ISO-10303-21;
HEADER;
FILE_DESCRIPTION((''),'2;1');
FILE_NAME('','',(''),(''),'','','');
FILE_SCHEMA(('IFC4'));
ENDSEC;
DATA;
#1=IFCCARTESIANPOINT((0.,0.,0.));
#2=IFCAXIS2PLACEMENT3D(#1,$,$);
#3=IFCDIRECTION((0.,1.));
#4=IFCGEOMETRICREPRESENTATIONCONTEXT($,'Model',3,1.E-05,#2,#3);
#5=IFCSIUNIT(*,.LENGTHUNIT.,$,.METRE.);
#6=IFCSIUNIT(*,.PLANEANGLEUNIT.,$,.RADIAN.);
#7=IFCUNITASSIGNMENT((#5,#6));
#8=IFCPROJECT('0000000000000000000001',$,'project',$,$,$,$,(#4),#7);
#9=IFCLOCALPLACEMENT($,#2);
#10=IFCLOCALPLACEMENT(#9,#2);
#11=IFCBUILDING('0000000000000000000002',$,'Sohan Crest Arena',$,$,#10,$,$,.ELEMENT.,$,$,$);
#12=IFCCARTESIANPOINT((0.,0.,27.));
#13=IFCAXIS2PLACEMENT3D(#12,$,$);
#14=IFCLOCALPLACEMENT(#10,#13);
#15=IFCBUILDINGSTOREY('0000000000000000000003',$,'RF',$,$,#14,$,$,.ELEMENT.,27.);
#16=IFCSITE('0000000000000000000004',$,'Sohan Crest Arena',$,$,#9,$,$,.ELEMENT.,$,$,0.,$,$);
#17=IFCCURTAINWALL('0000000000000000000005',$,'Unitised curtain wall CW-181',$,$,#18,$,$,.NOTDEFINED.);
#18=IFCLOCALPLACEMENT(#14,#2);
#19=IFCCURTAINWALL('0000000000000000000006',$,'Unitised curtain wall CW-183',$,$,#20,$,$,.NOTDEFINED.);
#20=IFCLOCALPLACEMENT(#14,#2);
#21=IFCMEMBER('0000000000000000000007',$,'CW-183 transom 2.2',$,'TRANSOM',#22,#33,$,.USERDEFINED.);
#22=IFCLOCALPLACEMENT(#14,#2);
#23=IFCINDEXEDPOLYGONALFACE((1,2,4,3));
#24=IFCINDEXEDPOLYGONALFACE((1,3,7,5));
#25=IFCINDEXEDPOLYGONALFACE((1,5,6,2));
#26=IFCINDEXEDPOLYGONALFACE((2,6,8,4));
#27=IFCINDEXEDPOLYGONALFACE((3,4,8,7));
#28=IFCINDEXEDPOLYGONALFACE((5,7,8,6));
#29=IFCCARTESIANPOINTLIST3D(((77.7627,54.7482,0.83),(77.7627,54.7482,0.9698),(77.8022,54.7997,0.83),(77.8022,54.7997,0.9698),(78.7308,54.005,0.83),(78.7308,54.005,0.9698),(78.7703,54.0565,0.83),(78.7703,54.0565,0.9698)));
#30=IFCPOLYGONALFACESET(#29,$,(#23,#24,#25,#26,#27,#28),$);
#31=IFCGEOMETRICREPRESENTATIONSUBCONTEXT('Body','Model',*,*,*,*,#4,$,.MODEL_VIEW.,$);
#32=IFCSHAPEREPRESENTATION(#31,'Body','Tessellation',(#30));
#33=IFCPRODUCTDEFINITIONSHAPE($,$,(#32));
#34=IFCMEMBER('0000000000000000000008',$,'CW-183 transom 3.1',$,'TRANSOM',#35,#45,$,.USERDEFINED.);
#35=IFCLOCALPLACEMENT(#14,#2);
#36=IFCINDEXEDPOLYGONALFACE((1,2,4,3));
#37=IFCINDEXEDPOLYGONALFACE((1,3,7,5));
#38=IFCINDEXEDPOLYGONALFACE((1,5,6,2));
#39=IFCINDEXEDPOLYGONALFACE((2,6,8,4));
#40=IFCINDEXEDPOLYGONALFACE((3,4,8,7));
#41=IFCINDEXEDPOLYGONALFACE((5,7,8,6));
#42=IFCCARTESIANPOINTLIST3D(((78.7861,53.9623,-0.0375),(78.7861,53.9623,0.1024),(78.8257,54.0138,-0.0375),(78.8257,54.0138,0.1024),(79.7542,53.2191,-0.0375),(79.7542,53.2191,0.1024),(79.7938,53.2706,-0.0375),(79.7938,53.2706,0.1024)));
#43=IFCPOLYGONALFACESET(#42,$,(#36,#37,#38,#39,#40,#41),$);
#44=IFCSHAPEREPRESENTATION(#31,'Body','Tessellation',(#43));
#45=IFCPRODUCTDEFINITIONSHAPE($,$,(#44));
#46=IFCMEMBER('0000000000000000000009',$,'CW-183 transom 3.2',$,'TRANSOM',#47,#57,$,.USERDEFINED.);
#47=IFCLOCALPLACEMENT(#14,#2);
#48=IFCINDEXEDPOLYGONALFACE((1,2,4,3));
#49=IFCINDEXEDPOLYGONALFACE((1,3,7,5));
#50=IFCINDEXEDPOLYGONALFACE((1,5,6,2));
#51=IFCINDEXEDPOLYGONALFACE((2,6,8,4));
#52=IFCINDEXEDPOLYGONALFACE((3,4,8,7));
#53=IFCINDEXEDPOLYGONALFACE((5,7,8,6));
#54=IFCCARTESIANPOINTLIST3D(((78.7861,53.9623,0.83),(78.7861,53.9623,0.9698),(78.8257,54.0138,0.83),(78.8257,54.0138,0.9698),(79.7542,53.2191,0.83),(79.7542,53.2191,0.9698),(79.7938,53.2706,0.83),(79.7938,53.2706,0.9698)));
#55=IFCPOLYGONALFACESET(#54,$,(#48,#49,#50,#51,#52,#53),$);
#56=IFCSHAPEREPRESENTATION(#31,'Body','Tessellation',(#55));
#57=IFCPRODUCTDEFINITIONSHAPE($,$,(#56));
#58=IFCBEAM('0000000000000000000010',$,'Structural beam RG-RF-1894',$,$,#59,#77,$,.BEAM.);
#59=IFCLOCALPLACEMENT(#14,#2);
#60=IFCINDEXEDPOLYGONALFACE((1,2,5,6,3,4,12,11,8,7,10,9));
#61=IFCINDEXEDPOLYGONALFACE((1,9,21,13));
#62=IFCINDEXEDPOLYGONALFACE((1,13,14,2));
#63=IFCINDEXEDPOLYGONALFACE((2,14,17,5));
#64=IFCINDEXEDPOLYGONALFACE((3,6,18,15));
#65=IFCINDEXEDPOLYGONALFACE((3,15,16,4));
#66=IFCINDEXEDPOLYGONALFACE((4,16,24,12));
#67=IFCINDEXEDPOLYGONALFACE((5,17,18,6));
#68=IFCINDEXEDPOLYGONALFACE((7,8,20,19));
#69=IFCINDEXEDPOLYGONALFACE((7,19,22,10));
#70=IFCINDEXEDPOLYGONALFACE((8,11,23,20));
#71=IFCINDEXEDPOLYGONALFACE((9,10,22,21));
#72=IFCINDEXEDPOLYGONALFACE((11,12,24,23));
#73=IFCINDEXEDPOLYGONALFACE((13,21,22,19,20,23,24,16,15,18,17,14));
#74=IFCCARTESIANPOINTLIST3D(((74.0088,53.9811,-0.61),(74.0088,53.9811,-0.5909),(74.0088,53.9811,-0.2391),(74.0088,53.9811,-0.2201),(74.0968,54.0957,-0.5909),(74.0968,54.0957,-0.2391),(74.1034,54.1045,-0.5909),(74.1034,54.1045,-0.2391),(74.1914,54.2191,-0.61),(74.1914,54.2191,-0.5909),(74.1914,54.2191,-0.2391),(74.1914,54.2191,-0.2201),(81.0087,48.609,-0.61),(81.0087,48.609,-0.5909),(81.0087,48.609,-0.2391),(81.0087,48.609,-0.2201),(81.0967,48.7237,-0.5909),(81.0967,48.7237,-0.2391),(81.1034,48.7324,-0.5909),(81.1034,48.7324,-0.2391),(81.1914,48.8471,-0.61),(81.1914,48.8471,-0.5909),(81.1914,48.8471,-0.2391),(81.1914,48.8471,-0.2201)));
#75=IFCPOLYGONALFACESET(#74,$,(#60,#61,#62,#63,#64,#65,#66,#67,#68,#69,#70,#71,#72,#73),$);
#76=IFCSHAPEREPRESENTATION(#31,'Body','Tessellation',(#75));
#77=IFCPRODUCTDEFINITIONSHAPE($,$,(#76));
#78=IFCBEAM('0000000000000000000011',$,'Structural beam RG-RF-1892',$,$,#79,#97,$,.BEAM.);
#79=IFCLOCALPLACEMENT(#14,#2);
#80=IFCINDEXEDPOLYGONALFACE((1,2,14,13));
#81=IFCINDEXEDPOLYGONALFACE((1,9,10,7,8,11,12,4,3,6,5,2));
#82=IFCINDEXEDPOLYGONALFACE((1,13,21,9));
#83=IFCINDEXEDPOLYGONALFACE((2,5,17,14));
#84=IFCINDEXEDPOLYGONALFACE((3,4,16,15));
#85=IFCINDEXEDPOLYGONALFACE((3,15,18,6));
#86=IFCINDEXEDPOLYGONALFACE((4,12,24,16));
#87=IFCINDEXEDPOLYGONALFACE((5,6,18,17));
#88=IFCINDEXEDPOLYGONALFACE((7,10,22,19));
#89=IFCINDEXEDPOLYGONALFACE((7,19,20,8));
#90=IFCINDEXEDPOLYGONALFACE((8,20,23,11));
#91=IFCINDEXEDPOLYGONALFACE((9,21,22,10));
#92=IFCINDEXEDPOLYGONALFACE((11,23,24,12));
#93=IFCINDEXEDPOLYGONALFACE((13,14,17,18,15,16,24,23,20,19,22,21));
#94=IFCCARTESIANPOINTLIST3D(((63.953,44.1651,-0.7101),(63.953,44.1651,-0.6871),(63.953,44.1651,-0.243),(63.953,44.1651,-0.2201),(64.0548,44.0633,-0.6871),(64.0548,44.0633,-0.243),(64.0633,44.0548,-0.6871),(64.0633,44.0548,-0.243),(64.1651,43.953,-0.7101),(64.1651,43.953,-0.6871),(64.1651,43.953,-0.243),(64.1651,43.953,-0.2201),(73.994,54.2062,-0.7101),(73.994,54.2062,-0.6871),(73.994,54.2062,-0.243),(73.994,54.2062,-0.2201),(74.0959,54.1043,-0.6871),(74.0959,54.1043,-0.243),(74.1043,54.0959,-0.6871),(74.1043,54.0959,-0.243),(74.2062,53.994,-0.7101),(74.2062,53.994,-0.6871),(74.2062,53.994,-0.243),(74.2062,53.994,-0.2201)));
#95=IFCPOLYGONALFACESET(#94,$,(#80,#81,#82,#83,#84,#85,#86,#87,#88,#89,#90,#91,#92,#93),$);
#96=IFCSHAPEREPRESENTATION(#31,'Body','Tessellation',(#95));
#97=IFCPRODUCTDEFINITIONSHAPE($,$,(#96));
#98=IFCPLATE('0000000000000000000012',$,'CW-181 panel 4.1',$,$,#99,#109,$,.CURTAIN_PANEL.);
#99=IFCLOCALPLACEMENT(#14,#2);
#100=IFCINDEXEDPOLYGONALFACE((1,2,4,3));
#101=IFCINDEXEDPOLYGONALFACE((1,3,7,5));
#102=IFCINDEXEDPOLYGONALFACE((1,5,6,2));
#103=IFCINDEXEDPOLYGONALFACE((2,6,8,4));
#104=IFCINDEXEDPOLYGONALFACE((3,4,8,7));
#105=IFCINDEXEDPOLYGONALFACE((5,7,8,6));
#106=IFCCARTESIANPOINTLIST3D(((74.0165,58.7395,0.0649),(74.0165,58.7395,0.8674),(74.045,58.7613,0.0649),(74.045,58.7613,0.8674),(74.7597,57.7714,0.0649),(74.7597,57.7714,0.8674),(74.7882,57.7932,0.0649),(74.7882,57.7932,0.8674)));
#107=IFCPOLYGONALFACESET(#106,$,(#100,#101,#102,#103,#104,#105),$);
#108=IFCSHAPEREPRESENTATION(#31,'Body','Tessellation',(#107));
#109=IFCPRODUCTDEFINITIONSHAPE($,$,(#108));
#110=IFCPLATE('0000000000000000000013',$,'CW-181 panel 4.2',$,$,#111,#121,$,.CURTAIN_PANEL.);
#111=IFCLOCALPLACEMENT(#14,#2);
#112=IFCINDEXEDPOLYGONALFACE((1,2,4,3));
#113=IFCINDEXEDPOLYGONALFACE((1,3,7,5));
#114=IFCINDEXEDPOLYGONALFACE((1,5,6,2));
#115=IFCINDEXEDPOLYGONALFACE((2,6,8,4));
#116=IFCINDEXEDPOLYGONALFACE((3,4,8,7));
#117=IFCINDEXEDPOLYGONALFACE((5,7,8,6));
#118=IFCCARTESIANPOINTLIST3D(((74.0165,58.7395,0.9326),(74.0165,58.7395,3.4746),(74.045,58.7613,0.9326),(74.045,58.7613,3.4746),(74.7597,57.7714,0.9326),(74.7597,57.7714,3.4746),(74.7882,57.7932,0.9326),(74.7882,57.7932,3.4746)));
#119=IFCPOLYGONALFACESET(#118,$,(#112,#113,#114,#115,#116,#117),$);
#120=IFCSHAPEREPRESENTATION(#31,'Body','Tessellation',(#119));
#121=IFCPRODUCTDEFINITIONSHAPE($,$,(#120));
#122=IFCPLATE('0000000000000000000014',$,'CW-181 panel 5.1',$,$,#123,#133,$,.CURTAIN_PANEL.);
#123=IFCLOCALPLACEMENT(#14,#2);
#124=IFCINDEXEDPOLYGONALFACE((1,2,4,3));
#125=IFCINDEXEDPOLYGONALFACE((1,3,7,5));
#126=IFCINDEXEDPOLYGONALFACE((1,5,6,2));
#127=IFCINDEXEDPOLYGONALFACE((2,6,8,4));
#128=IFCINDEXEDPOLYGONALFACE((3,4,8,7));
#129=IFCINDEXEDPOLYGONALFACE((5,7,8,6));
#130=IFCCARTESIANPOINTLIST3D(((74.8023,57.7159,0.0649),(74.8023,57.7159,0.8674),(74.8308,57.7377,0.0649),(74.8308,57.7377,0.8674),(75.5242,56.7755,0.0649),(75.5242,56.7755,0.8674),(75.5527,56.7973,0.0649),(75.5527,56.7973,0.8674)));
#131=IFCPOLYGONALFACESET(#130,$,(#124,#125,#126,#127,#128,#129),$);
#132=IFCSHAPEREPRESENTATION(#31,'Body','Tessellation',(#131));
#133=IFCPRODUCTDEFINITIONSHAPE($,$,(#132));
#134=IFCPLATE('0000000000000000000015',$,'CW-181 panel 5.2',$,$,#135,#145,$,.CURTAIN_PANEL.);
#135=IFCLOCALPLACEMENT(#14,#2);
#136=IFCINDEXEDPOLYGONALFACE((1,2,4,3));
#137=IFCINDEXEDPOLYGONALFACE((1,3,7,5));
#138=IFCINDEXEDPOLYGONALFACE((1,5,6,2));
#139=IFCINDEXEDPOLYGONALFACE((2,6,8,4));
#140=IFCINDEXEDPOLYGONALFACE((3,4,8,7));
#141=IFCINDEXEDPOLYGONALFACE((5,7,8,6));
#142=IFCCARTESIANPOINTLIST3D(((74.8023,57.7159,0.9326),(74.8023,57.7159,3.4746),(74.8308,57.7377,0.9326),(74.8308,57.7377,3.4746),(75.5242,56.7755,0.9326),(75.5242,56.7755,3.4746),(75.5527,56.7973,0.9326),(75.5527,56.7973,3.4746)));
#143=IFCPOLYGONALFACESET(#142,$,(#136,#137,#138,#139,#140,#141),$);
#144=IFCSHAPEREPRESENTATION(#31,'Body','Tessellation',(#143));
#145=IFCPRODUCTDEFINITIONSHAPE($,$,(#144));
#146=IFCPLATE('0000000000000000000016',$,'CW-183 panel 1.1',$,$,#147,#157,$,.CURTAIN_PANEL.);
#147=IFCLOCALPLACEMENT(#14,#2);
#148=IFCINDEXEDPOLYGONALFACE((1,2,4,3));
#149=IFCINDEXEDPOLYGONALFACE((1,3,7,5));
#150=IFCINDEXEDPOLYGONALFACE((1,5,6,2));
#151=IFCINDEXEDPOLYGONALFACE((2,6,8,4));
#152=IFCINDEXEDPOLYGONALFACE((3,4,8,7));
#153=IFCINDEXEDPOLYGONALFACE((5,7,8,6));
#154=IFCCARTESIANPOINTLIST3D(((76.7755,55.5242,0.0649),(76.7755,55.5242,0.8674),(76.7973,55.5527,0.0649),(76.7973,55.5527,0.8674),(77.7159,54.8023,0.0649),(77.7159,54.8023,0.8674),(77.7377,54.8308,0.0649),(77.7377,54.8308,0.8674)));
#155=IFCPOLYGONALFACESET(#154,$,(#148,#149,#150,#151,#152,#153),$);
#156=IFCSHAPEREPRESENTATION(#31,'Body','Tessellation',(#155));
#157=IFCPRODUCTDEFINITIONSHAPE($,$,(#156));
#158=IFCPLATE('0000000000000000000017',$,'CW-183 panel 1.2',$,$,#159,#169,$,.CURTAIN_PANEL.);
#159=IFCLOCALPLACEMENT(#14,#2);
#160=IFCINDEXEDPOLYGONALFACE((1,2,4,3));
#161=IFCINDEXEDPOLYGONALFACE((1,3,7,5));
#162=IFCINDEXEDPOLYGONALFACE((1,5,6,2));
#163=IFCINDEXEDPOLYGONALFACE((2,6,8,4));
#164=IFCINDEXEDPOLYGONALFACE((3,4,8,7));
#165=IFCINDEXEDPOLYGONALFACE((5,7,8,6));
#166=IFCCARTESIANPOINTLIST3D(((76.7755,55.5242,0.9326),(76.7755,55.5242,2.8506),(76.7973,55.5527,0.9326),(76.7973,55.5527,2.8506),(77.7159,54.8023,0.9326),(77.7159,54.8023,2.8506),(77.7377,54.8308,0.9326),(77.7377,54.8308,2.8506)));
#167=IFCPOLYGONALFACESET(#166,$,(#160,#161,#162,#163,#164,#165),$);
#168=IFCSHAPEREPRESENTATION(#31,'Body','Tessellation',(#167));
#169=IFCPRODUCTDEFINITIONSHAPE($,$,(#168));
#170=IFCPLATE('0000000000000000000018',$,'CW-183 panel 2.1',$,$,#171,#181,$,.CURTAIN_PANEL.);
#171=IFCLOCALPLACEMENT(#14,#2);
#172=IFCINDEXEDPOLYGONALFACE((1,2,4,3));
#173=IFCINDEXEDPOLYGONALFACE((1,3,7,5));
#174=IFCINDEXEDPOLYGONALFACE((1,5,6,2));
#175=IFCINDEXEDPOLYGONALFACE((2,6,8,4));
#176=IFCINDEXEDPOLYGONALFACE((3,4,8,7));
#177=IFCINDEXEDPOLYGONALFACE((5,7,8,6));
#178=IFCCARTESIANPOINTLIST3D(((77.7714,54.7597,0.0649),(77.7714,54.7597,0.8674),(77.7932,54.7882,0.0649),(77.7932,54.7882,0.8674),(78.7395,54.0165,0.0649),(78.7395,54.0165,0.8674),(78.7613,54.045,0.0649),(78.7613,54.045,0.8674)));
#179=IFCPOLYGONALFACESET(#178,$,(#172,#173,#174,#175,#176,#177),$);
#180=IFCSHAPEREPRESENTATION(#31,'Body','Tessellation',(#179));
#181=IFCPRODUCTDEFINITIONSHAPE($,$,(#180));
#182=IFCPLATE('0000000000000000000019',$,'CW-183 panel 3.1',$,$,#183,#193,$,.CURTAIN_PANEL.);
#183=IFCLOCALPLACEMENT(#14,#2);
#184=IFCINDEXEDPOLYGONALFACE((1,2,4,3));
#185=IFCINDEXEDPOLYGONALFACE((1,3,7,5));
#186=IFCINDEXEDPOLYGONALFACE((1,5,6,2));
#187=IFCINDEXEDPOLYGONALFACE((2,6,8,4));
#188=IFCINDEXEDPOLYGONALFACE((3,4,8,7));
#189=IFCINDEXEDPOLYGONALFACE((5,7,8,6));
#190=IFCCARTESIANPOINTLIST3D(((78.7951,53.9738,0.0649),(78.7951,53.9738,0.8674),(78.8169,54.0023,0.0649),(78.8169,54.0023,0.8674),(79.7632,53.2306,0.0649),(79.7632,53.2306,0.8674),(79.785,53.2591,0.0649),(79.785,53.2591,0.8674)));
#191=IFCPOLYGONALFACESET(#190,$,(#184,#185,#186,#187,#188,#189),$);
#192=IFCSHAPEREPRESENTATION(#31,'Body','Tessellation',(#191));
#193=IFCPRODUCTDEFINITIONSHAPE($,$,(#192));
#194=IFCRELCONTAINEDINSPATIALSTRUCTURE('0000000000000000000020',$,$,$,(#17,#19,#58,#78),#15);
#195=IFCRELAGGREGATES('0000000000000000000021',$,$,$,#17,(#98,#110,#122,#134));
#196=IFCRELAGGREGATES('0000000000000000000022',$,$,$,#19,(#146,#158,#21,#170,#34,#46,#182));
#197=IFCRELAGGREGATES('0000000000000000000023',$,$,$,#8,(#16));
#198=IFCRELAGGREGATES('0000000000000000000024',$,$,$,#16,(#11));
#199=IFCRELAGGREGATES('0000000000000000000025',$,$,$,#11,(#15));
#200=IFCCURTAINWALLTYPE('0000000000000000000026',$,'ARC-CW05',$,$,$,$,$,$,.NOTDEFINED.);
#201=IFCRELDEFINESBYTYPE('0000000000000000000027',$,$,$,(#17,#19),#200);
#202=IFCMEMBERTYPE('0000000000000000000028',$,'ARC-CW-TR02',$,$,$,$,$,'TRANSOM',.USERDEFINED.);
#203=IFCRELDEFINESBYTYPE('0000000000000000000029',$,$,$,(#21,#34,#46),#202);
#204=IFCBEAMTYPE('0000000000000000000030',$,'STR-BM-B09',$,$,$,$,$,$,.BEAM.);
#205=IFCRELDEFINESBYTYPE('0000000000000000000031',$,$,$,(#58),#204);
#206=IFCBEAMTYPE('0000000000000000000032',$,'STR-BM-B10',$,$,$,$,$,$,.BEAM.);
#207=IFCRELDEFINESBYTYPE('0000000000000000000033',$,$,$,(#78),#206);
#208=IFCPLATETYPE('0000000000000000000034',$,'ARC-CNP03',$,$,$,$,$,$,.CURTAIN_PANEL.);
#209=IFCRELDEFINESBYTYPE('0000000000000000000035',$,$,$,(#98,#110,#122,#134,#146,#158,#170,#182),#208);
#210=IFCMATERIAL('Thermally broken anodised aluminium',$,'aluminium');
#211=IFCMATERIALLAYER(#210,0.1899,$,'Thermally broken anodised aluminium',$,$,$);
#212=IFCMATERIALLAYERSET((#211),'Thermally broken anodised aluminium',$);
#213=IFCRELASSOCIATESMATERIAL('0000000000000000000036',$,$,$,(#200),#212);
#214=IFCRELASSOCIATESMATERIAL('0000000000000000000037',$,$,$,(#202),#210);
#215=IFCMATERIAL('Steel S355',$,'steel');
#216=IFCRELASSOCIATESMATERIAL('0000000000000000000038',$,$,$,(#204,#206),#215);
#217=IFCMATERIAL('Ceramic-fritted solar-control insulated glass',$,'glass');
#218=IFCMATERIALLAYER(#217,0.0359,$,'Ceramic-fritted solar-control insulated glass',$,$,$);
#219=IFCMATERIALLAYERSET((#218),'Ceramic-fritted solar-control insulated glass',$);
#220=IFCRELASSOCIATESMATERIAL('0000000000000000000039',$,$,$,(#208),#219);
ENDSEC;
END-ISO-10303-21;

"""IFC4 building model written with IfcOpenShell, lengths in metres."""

from ifc_helpers import new_model, si_unit, direction, frame, origin, origin_2d, place, context, subcontext, project, spatial, rectangle, i_section, extrude, material, layer, layer_set, material_profile, profile_set, type_object, element, aggregate, save


model = new_model("IFC4")

# Units and contexts
model_context = context("Model", 3, precision=1e-05, world=origin(), true_north=direction((0.0, 1.0)))
body_context = subcontext(model_context, "Body", "Model", "MODEL_VIEW")
ifc_project = project(units=[si_unit("LENGTHUNIT", "METRE"), si_unit("PLANEANGLEUNIT", "RADIAN")], contexts=[model_context])

# Site, building, storey
site_placement = place(None, origin())
site = spatial("IfcSite", under=ifc_project, at=site_placement, Name="Sohan Crest Arena", CompositionType="ELEMENT", RefElevation=0.0)
building_placement = place(site_placement, origin())
building = spatial("IfcBuilding", under=site, at=building_placement, Name="Sohan Crest Arena", CompositionType="ELEMENT")
storey_placement = place(building_placement, frame((0.0, 0.0, 27.0)))
storey = spatial("IfcBuildingStorey", under=building, at=storey_placement, Name="RF", CompositionType="ELEMENT", Elevation=27.0)

# Curtain walls
ifc_material_1 = material(Name="Thermally broken anodised aluminium", Category="aluminium")
ifc_layer_1 = layer(ifc_material_1, 0.1899, Name="Thermally broken anodised aluminium")
ifc_layer_set_1 = layer_set([ifc_layer_1], Name="Thermally broken anodised aluminium")
curtain_wall_type = type_object("IfcCurtainWallType", Name="ARC-CW05", PredefinedType="NOTDEFINED", material=ifc_layer_set_1)
curtain_wall_1_placement = place(storey_placement, origin())
curtain_wall_1 = element("IfcCurtainWall", 1, at=curtain_wall_1_placement, inside=storey, type_object=curtain_wall_type, Name="Unitised curtain wall CW-181", PredefinedType="NOTDEFINED")
curtain_wall_2_placement = place(storey_placement, origin())
curtain_wall_2 = element("IfcCurtainWall", 2, at=curtain_wall_2_placement, inside=storey, type_object=curtain_wall_type, Name="Unitised curtain wall CW-183", PredefinedType="NOTDEFINED")

# Members
ifc_material_profile_1 = material_profile(ifc_material_1, rectangle(XDim=0.0649, YDim=0.1399, at=origin_2d()), Name="ALU-TRAN 65x140")
ifc_profile_set_1 = profile_set([ifc_material_profile_1], Name="Thermally broken anodised aluminium")
member_type_1 = type_object("IfcMemberType", Name="ARC-CW-TR02", ElementType="TRANSOM", PredefinedType="USERDEFINED", material=ifc_profile_set_1)
member_1_placement = place(storey_placement, frame((77.7825, 54.7739, 0.8999), z_axis=(0.793204, -0.608956, 0.0), x_axis=(0.608956, 0.793204, 0.0)))
member_1 = element("IfcMember", 3, at=member_1_placement, type_object=member_type_1, Name="CW-183 transom 2.2", ObjectType="TRANSOM", PredefinedType="USERDEFINED", context=body_context, shape_type="SweptSolid", body=[
    extrude(rectangle(XDim=0.0649, YDim=0.1399, at=origin_2d()), origin(), (0.0, 0.0, 1.0), 1.2205),
])
member_2_placement = place(storey_placement, frame((78.8059, 53.988, 0.0325), z_axis=(0.793204, -0.608956, 0.0), x_axis=(0.608956, 0.793204, 0.0)))
member_2 = element("IfcMember", 4, at=member_2_placement, type_object=member_type_1, Name="CW-183 transom 3.1", ObjectType="TRANSOM", PredefinedType="USERDEFINED", context=body_context, shape_type="SweptSolid", body=[
    extrude(rectangle(XDim=0.0649, YDim=0.1399, at=origin_2d()), origin(), (0.0, 0.0, 1.0), 1.2205),
])
member_3_placement = place(storey_placement, frame((78.8059, 53.988, 0.8999), z_axis=(0.793204, -0.608956, 0.0), x_axis=(0.608956, 0.793204, 0.0)))
member_3 = element("IfcMember", 5, at=member_3_placement, type_object=member_type_1, Name="CW-183 transom 3.2", ObjectType="TRANSOM", PredefinedType="USERDEFINED", context=body_context, shape_type="SweptSolid", body=[
    extrude(rectangle(XDim=0.0649, YDim=0.1399, at=origin_2d()), origin(), (0.0, 0.0, 1.0), 1.2205),
])

# Beams
ifc_material_2 = material(Name="Steel S355", Category="steel")
ifc_material_profile_2 = material_profile(ifc_material_2, i_section(OverallWidth=0.3, OverallDepth=0.3899, WebThickness=0.011, FlangeThickness=0.019, at=origin_2d()), Name="HEA 400")
ifc_profile_set_2 = profile_set([ifc_material_profile_2], Name="Steel S355")
beam_type_1 = type_object("IfcBeamType", Name="STR-BM-B09", PredefinedType="BEAM", material=ifc_profile_set_2)
beam_1_placement = place(storey_placement, frame((74.1001, 54.1001, -0.415), z_axis=(0.793311, -0.608817, 0.0), x_axis=(0.608817, 0.793311, 0.0)))
element("IfcBeam", 6, at=beam_1_placement, inside=storey, type_object=beam_type_1, Name="Structural beam RG-RF-1894", PredefinedType="BEAM", context=body_context, shape_type="SweptSolid", body=[
    extrude(i_section(OverallWidth=0.3, OverallDepth=0.3899, WebThickness=0.011, FlangeThickness=0.019, at=origin_2d()), origin(), (0.0, 0.0, 1.0), 8.8237),
])
ifc_material_profile_3 = material_profile(ifc_material_2, i_section(OverallWidth=0.3, OverallDepth=0.49, WebThickness=0.012, FlangeThickness=0.0229, at=origin_2d()), Name="HEA 500")
ifc_profile_set_3 = profile_set([ifc_material_profile_3], Name="Steel S355")
beam_type_2 = type_object("IfcBeamType", Name="STR-BM-B10", PredefinedType="BEAM", material=ifc_profile_set_3)
beam_2_placement = place(storey_placement, frame((74.1001, 54.1001, -0.4651), z_axis=(-0.707107, -0.707107, 0.0), x_axis=(0.707107, -0.707107, 0.0)))
element("IfcBeam", 7, at=beam_2_placement, inside=storey, type_object=beam_type_2, Name="Structural beam RG-RF-1892", PredefinedType="BEAM", context=body_context, shape_type="SweptSolid", body=[
    extrude(i_section(OverallWidth=0.3, OverallDepth=0.49, WebThickness=0.012, FlangeThickness=0.0229, at=origin_2d()), origin(), (0.0, 0.0, 1.0), 14.2002),
])

# Plates
ifc_material_3 = material(Name="Ceramic-fritted solar-control insulated glass", Category="glass")
ifc_layer_2 = layer(ifc_material_3, 0.0359, Name="Ceramic-fritted solar-control insulated glass")
ifc_layer_set_2 = layer_set([ifc_layer_2], Name="Ceramic-fritted solar-control insulated glass")
plate_type = type_object("IfcPlateType", Name="ARC-CNP03", PredefinedType="CURTAIN_PANEL", material=ifc_layer_set_2)
plate_1_placement = place(storey_placement, frame((74.4023, 58.2664, 0.0649), z_axis=(0.0, 0.0, 1.0), x_axis=(0.608939, -0.793217, 0.0)))
plate_1 = element("IfcPlate", 8, at=plate_1_placement, type_object=plate_type, Name="CW-181 panel 4.1", PredefinedType="CURTAIN_PANEL", context=body_context, shape_type="SweptSolid", body=[
    extrude(rectangle(XDim=1.2205, YDim=0.0359, at=origin_2d()), origin(), (0.0, 0.0, 1.0), 0.8025),
])
plate_2_placement = place(storey_placement, frame((74.4023, 58.2664, 0.9326), z_axis=(0.0, 0.0, 1.0), x_axis=(0.608939, -0.793217, 0.0)))
plate_2 = element("IfcPlate", 9, at=plate_2_placement, type_object=plate_type, Name="CW-181 panel 4.2", PredefinedType="CURTAIN_PANEL", context=body_context, shape_type="SweptSolid", body=[
    extrude(rectangle(XDim=1.2205, YDim=0.0359, at=origin_2d()), origin(), (0.0, 0.0, 1.0), 2.542),
])
plate_3_placement = place(storey_placement, frame((75.1775, 57.2566, 0.0649), z_axis=(0.0, 0.0, 1.0), x_axis=(0.608939, -0.793217, 0.0)))
plate_3 = element("IfcPlate", 10, at=plate_3_placement, type_object=plate_type, Name="CW-181 panel 5.1", PredefinedType="CURTAIN_PANEL", context=body_context, shape_type="SweptSolid", body=[
    extrude(rectangle(XDim=1.1855, YDim=0.0359, at=origin_2d()), origin(), (0.0, 0.0, 1.0), 0.8025),
])
plate_4_placement = place(storey_placement, frame((75.1775, 57.2566, 0.9326), z_axis=(0.0, 0.0, 1.0), x_axis=(0.608939, -0.793217, 0.0)))
plate_4 = element("IfcPlate", 11, at=plate_4_placement, type_object=plate_type, Name="CW-181 panel 5.2", PredefinedType="CURTAIN_PANEL", context=body_context, shape_type="SweptSolid", body=[
    extrude(rectangle(XDim=1.1855, YDim=0.0359, at=origin_2d()), origin(), (0.0, 0.0, 1.0), 2.542),
])
aggregate(curtain_wall_1, [plate_1, plate_2, plate_3, plate_4])
plate_5_placement = place(storey_placement, frame((77.2566, 55.1775, 0.0649), z_axis=(0.0, 0.0, 1.0), x_axis=(0.793217, -0.608939, 0.0)))
plate_5 = element("IfcPlate", 12, at=plate_5_placement, type_object=plate_type, Name="CW-183 panel 1.1", PredefinedType="CURTAIN_PANEL", context=body_context, shape_type="SweptSolid", body=[
    extrude(rectangle(XDim=1.1855, YDim=0.0359, at=origin_2d()), origin(), (0.0, 0.0, 1.0), 0.8025),
])
plate_6_placement = place(storey_placement, frame((77.2566, 55.1775, 0.9326), z_axis=(0.0, 0.0, 1.0), x_axis=(0.793217, -0.608939, 0.0)))
plate_6 = element("IfcPlate", 13, at=plate_6_placement, type_object=plate_type, Name="CW-183 panel 1.2", PredefinedType="CURTAIN_PANEL", context=body_context, shape_type="SweptSolid", body=[
    extrude(rectangle(XDim=1.1855, YDim=0.0359, at=origin_2d()), origin(), (0.0, 0.0, 1.0), 1.918),
])
plate_7_placement = place(storey_placement, frame((78.2664, 54.4023, 0.0649), z_axis=(0.0, 0.0, 1.0), x_axis=(0.793217, -0.608939, 0.0)))
plate_7 = element("IfcPlate", 14, at=plate_7_placement, type_object=plate_type, Name="CW-183 panel 2.1", PredefinedType="CURTAIN_PANEL", context=body_context, shape_type="SweptSolid", body=[
    extrude(rectangle(XDim=1.2205, YDim=0.0359, at=origin_2d()), origin(), (0.0, 0.0, 1.0), 0.8025),
])
plate_8_placement = place(storey_placement, frame((79.29, 53.6165, 0.0649), z_axis=(0.0, 0.0, 1.0), x_axis=(0.793217, -0.608939, 0.0)))
plate_8 = element("IfcPlate", 15, at=plate_8_placement, type_object=plate_type, Name="CW-183 panel 3.1", PredefinedType="CURTAIN_PANEL", context=body_context, shape_type="SweptSolid", body=[
    extrude(rectangle(XDim=1.2205, YDim=0.0359, at=origin_2d()), origin(), (0.0, 0.0, 1.0), 0.8025),
])
aggregate(curtain_wall_2, [plate_5, plate_6, member_1, plate_7, member_2, member_3, plate_8])

save(model, "model.ifc")
